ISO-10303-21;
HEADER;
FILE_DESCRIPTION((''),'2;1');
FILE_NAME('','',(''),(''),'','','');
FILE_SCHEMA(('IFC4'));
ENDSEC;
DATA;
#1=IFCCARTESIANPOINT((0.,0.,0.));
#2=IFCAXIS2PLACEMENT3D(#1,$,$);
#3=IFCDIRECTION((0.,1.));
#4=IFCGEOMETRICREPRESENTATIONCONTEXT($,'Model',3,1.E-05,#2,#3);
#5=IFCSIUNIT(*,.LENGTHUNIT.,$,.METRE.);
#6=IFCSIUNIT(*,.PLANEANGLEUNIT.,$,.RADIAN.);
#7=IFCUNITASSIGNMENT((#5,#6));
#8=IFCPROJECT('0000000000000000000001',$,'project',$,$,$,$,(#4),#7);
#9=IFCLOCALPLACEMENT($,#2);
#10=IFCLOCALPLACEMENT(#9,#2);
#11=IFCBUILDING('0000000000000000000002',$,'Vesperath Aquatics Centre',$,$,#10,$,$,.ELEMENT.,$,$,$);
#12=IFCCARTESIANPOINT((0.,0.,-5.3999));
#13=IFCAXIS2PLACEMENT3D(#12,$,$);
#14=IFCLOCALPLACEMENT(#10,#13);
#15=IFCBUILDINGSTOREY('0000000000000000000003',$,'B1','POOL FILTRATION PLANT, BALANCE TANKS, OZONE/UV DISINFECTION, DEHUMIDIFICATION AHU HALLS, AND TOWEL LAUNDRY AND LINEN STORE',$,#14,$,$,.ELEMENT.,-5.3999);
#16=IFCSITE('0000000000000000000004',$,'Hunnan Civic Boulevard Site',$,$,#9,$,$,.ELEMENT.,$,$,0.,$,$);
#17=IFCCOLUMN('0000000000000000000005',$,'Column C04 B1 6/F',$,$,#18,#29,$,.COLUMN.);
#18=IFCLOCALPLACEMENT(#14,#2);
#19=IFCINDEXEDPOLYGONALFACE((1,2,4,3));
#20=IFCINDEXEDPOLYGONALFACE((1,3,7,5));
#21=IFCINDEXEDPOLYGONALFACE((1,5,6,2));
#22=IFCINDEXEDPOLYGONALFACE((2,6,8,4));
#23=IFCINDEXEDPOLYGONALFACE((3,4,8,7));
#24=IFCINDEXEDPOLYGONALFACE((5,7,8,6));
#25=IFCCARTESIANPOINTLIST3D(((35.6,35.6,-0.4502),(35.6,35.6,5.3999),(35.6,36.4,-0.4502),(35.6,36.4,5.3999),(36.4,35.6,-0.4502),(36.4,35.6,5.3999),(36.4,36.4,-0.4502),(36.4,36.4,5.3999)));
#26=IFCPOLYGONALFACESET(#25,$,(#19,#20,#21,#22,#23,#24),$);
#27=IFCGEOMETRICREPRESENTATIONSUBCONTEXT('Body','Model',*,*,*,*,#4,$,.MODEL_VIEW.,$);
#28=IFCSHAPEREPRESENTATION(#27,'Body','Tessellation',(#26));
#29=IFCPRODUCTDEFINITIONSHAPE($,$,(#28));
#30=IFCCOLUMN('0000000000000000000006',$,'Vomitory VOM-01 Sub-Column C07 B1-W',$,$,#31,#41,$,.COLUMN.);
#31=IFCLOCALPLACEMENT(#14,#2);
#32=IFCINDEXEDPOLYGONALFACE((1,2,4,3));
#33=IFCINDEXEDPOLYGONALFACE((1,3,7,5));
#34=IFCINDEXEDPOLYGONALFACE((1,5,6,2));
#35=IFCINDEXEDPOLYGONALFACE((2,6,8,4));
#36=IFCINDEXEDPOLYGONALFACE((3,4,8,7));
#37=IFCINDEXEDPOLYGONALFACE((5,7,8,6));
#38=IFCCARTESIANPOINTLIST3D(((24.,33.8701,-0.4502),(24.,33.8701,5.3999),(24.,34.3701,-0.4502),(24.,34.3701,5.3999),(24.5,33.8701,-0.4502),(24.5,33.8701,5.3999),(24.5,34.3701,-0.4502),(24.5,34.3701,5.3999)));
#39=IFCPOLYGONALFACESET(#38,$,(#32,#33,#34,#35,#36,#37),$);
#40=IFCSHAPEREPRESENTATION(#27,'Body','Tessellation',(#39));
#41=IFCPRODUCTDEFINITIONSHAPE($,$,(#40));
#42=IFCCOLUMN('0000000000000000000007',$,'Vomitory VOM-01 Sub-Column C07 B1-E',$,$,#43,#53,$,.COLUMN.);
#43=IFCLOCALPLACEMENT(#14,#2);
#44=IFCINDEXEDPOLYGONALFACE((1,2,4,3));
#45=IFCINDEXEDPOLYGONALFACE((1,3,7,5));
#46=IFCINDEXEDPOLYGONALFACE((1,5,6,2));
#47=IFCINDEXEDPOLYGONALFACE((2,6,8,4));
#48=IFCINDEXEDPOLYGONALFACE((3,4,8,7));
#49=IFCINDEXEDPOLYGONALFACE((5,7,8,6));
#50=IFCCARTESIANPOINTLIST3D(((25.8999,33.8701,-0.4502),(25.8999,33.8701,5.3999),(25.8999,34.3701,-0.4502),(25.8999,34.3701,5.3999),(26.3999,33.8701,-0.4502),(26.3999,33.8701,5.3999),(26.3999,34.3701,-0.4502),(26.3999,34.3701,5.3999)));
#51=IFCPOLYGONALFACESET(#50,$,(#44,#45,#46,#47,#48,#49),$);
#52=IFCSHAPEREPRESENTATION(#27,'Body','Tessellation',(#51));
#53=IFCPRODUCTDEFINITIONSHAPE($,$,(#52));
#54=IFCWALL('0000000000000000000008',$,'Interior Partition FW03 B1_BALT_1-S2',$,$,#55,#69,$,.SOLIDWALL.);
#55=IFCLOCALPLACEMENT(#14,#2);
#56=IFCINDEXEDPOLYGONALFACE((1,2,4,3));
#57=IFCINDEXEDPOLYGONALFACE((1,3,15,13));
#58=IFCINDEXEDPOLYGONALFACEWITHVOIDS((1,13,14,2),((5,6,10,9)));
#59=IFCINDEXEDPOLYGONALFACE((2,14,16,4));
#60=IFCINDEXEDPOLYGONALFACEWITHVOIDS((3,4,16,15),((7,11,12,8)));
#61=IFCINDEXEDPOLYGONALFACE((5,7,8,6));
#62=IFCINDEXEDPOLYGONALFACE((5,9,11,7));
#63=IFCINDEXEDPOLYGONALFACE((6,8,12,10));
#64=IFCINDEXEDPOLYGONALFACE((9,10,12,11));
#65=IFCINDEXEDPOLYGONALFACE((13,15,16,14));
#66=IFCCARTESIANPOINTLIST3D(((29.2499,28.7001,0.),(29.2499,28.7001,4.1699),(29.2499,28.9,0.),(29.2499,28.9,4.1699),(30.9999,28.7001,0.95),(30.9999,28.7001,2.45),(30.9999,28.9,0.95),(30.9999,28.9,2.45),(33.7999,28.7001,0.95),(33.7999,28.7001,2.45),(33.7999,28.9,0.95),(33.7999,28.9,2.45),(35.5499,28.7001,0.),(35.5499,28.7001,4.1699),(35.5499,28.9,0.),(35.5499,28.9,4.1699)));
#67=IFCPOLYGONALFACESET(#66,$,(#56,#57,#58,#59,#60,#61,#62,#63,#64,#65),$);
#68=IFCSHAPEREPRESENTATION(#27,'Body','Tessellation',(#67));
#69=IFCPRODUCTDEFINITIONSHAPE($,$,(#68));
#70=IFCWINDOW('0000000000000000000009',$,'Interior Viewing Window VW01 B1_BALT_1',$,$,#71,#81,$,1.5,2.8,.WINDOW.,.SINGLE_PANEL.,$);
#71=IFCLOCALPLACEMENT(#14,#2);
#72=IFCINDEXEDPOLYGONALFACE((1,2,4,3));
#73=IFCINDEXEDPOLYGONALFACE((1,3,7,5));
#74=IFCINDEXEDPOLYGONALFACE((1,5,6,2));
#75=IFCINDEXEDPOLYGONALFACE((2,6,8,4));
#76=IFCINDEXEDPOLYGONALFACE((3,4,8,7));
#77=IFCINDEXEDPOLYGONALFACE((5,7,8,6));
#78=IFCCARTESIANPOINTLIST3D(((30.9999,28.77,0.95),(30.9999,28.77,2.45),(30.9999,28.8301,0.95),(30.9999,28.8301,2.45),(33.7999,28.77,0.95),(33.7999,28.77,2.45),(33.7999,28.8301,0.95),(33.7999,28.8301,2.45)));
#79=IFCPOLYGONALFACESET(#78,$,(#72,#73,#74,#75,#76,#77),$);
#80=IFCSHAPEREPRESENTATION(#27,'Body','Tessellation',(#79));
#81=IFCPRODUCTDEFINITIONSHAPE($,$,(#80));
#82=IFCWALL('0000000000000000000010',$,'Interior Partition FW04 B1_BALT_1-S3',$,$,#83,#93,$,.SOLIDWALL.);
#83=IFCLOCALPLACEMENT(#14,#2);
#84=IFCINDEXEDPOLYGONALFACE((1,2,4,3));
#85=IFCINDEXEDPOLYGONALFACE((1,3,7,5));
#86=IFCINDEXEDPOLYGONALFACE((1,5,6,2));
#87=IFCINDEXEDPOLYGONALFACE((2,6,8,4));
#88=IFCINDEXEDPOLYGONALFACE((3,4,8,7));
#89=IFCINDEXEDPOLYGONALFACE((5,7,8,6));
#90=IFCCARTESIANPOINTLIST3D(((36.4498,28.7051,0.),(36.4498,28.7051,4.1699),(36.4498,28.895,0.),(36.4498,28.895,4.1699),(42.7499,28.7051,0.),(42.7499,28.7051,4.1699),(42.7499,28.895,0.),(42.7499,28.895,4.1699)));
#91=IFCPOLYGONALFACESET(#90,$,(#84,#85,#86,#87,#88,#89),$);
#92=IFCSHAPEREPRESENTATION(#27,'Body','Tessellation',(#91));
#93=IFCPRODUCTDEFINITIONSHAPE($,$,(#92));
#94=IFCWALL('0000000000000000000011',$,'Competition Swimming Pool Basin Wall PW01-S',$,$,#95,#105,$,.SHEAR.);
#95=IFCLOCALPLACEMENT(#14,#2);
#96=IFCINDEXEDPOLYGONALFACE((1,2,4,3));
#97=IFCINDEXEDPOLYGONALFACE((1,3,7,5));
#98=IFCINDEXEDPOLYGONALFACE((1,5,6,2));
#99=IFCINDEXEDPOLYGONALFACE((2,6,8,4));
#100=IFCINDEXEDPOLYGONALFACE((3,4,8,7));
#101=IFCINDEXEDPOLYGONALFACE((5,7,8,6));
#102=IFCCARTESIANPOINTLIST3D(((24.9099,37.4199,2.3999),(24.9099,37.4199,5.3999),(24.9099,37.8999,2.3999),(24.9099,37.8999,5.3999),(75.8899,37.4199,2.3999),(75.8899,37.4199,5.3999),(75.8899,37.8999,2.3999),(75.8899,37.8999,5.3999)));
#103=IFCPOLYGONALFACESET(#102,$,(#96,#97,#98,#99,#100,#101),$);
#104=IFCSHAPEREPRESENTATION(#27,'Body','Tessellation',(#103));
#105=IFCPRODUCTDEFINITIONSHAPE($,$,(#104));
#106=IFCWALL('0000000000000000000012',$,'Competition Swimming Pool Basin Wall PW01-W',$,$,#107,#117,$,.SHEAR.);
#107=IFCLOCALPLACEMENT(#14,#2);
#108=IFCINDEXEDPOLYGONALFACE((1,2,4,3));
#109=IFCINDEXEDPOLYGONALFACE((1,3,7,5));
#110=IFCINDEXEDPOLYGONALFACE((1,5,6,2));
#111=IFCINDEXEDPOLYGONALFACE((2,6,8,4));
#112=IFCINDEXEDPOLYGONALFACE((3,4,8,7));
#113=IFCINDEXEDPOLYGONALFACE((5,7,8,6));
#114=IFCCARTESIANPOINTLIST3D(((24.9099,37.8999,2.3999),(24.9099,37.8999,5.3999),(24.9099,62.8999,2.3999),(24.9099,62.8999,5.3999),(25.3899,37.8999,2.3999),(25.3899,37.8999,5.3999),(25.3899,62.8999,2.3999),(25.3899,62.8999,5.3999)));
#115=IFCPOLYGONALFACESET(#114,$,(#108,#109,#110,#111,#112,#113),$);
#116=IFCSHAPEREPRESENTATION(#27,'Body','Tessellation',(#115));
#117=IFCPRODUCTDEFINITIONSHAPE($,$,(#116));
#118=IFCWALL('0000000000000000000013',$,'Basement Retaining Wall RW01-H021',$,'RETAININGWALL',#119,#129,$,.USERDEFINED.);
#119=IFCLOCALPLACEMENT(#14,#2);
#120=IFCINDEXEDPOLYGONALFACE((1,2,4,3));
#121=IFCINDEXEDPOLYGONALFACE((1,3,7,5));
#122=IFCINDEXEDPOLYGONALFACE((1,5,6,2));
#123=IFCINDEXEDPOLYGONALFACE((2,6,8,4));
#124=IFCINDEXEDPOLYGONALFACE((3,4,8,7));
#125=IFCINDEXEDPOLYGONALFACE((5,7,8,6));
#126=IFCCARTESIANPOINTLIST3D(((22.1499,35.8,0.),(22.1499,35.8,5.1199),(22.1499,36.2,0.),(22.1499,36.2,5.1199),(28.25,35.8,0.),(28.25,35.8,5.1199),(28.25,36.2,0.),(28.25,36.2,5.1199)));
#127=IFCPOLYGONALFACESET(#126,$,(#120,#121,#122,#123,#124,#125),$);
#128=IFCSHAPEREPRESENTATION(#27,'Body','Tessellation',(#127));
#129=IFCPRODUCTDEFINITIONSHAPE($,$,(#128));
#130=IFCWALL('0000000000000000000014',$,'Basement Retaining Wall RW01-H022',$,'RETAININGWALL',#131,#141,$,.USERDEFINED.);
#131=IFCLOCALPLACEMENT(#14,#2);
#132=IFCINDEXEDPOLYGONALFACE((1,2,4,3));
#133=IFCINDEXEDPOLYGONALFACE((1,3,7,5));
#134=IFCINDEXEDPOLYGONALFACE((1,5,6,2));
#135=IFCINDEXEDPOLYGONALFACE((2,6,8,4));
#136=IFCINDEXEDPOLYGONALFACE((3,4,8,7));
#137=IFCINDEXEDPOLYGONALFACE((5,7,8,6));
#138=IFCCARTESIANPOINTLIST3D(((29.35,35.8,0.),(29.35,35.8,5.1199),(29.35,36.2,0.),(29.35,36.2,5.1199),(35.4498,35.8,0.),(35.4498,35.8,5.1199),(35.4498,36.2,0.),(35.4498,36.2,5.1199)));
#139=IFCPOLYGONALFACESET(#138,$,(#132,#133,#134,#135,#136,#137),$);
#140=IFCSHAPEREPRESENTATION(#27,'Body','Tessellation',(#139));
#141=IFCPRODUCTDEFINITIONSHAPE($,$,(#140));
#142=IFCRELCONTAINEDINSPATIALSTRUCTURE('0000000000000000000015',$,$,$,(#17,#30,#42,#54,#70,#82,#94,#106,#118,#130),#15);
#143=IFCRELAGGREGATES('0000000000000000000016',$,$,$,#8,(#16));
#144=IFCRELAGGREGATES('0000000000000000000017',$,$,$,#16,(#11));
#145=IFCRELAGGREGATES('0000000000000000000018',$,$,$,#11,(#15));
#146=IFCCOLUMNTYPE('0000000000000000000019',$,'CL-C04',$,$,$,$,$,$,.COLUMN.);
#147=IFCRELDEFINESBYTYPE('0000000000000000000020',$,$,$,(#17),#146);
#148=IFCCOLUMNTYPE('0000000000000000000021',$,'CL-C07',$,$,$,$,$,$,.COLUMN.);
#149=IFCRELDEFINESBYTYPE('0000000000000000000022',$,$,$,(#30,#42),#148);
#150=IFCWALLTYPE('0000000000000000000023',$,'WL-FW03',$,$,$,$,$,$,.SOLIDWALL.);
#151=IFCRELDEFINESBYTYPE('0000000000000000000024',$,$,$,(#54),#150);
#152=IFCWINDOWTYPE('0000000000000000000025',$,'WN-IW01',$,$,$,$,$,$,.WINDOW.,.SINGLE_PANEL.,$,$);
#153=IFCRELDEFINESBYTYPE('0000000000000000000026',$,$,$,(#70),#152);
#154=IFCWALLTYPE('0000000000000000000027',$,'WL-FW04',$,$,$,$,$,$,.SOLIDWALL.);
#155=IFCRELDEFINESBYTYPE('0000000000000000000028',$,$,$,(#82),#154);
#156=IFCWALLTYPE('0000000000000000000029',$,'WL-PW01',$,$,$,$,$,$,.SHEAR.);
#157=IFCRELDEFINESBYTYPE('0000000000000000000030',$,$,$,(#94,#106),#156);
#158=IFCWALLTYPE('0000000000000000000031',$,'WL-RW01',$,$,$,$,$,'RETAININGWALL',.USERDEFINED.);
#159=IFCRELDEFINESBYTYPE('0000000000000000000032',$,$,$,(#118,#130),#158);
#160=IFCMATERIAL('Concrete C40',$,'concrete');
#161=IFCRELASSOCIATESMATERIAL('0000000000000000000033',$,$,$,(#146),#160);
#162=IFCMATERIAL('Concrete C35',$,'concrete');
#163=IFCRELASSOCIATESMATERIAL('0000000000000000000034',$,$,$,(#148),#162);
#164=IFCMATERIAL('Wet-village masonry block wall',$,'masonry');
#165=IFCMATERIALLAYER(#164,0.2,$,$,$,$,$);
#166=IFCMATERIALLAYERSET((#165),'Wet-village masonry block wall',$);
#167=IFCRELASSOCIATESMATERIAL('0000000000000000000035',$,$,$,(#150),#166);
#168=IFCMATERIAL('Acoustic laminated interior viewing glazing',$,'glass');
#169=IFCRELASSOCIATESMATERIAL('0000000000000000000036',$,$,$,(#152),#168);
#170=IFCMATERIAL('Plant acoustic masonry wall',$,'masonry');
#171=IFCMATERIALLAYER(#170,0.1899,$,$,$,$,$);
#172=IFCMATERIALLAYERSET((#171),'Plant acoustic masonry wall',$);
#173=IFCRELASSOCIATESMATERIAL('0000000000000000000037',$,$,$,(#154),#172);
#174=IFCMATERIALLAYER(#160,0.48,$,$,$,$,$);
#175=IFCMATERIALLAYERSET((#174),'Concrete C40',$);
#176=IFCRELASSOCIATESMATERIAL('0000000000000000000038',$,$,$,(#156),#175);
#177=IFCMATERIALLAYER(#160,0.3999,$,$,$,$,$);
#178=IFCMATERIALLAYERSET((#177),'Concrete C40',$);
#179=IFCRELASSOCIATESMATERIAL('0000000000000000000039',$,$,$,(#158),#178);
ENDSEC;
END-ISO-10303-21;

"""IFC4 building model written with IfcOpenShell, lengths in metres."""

from ifc_helpers import new_model, si_unit, direction, frame, frame_2d, origin, origin_2d, place, context, subcontext, project, spatial, rectangle, extrude, material, layer, layer_set, material_profile, profile_set, type_object, element, fill, save


model = new_model("IFC4")

# Units and contexts
model_context = context("Model", 3, precision=1e-05, world=origin(), true_north=direction((0.0, 1.0)))
body_context = subcontext(model_context, "Body", "Model", "MODEL_VIEW")
ifc_project = project(units=[si_unit("LENGTHUNIT", "METRE"), si_unit("PLANEANGLEUNIT", "RADIAN")], contexts=[model_context])

# Site, building, storey
site_placement = place(None, origin())
site = spatial("IfcSite", under=ifc_project, at=site_placement, Name="Hunnan Civic Boulevard Site", CompositionType="ELEMENT", RefElevation=0.0)
building_placement = place(site_placement, origin())
building = spatial("IfcBuilding", under=site, at=building_placement, Name="Vesperath Aquatics Centre", CompositionType="ELEMENT")
storey_placement = place(building_placement, frame((0.0, 0.0, -5.3999)))
storey = spatial("IfcBuildingStorey", under=building, at=storey_placement, Name="B1", Description="POOL FILTRATION PLANT, BALANCE TANKS, OZONE/UV DISINFECTION, DEHUMIDIFICATION AHU HALLS, AND TOWEL LAUNDRY AND LINEN STORE", CompositionType="ELEMENT", Elevation=-5.3999)

# Shared definitions
ifc_material_1 = material(Name="Concrete C40", Category="concrete")

# Shared definitions
ifc_material_2 = material(Name="Concrete C35", Category="concrete")

# Columns
ifc_material_profile_1 = material_profile(ifc_material_1, rectangle(XDim=0.8, YDim=0.8, at=origin_2d()), Name="RC 800x800")
ifc_profile_set_1 = profile_set([ifc_material_profile_1], Name="Concrete C40")
column_type_1 = type_object("IfcColumnType", Name="CL-C04", PredefinedType="COLUMN", material=ifc_profile_set_1)
for number, where, z_axis, x_axis, name in (
    (1, (36.0, 36.0, -0.4502), (0.0, 0.0, 1.0), (1.0, 0.0, 0.0), "Column C04 B1 6/F"),
):
    element("IfcColumn", number, at=place(storey_placement, frame(where, z_axis=z_axis, x_axis=x_axis)), inside=storey, type_object=column_type_1, Name=name, PredefinedType="COLUMN", context=body_context, shape_type="SweptSolid", body=[
        extrude(rectangle(XDim=0.8, YDim=0.8, at=origin_2d()), origin(), (0.0, 0.0, 1.0), 5.8501),
    ])
ifc_material_profile_2 = material_profile(ifc_material_2, rectangle(XDim=0.5, YDim=0.5, at=origin_2d()), Name="RC 500x500")
ifc_profile_set_2 = profile_set([ifc_material_profile_2], Name="Concrete C35")
column_type_2 = type_object("IfcColumnType", Name="CL-C07", PredefinedType="COLUMN", material=ifc_profile_set_2)
for number, where, z_axis, x_axis, name in (
    (2, (24.25, 34.1201, -0.4502), (0.0, 0.0, 1.0), (1.0, 0.0, 0.0), "Vomitory VOM-01 Sub-Column C07 B1-W"),
    (3, (26.1499, 34.1201, -0.4502), (0.0, 0.0, 1.0), (1.0, 0.0, 0.0), "Vomitory VOM-01 Sub-Column C07 B1-E"),
):
    element("IfcColumn", number, at=place(storey_placement, frame(where, z_axis=z_axis, x_axis=x_axis)), inside=storey, type_object=column_type_2, Name=name, PredefinedType="COLUMN", context=body_context, shape_type="SweptSolid", body=[
        extrude(rectangle(XDim=0.5, YDim=0.5, at=origin_2d()), origin(), (0.0, 0.0, 1.0), 5.8501),
    ])

# Wall, opening, window
ifc_material_3 = material(Name="Wet-village masonry block wall", Category="masonry")
ifc_layer_1 = layer(ifc_material_3, 0.2)
ifc_layer_set_1 = layer_set([ifc_layer_1], Name="Wet-village masonry block wall")
wall_type_1 = type_object("IfcWallType", Name="WL-FW03", PredefinedType="SOLIDWALL", material=ifc_layer_set_1)
wall_1_placement = place(storey_placement, frame((29.25, 28.8, 0.0), z_axis=(0.0, 0.0, 1.0), x_axis=(1.0, 0.0, 0.0)))
wall_1 = element("IfcWall", 4, at=wall_1_placement, inside=storey, type_object=wall_type_1, Name="Interior Partition FW03 B1_BALT_1-S2", PredefinedType="SOLIDWALL", context=body_context, shape_type="SweptSolid", body=[
    extrude(rectangle(XDim=6.3, YDim=0.2, at=frame_2d((3.1499, 0.0))), origin(), (0.0, 0.0, 1.0), 4.1699),
])
opening_placement = place(wall_1_placement, frame((1.75, 0.0, 0.95)))
opening = element("IfcOpeningElement", 5, at=opening_placement, cuts=wall_1, PredefinedType="OPENING", context=body_context, shape_type="SweptSolid", body=[
    extrude(rectangle(XDim=2.8, YDim=1.5, at=frame_2d((1.3999, 0.75))), frame((0.0, 0.1147, 0.0), z_axis=(0.0, -1.0, 0.0), x_axis=(1.0, 0.0, 0.0)), (0.0, 0.0, 1.0), 0.2297),
])
ifc_material_4 = material(Name="Acoustic laminated interior viewing glazing", Category="glass")
window_type = type_object("IfcWindowType", Name="WN-IW01", PartitioningType="SINGLE_PANEL", PredefinedType="WINDOW", material=ifc_material_4)
window_placement = place(opening_placement, origin())
window = element("IfcWindow", 6, at=window_placement, inside=storey, type_object=window_type, Name="Interior Viewing Window VW01 B1_BALT_1", OverallHeight=1.5, OverallWidth=2.8, PartitioningType="SINGLE_PANEL", PredefinedType="WINDOW", context=body_context, shape_type="SweptSolid", body=[
    extrude(rectangle(XDim=2.8, YDim=1.5, at=frame_2d((1.3999, 0.75))), frame((0.0, 0.03, 0.0), z_axis=(0.0, -1.0, 0.0), x_axis=(1.0, 0.0, 0.0)), (0.0, 0.0, 1.0), 0.0601),
])
fill(opening, window)

# Walls
ifc_material_5 = material(Name="Plant acoustic masonry wall", Category="masonry")
ifc_layer_2 = layer(ifc_material_5, 0.1899)
ifc_layer_set_2 = layer_set([ifc_layer_2], Name="Plant acoustic masonry wall")
wall_type_2 = type_object("IfcWallType", Name="WL-FW04", PredefinedType="SOLIDWALL", material=ifc_layer_set_2)
wall_2_placement = place(storey_placement, frame((36.45, 28.8, 0.0), z_axis=(0.0, 0.0, 1.0), x_axis=(1.0, 0.0, 0.0)))
element("IfcWall", 7, at=wall_2_placement, inside=storey, type_object=wall_type_2, Name="Interior Partition FW04 B1_BALT_1-S3", PredefinedType="SOLIDWALL", context=body_context, shape_type="SweptSolid", body=[
    extrude(rectangle(XDim=6.3, YDim=0.1899, at=frame_2d((3.1499, 0.0))), origin(), (0.0, 0.0, 1.0), 4.1699),
])
ifc_layer_3 = layer(ifc_material_1, 0.48)
ifc_layer_set_3 = layer_set([ifc_layer_3], Name="Concrete C40")
wall_type_3 = type_object("IfcWallType", Name="WL-PW01", PredefinedType="SHEAR", material=ifc_layer_set_3)
wall_3_placement = place(storey_placement, frame((24.9099, 37.6599, 2.3999), z_axis=(0.0, 0.0, 1.0), x_axis=(1.0, 0.0, 0.0)))
element("IfcWall", 8, at=wall_3_placement, inside=storey, type_object=wall_type_3, Name="Competition Swimming Pool Basin Wall PW01-S", PredefinedType="SHEAR", context=body_context, shape_type="SweptSolid", body=[
    extrude(rectangle(XDim=50.98, YDim=0.48, at=frame_2d((25.49, 0.0))), origin(), (0.0, 0.0, 1.0), 3.0),
])
wall_4_placement = place(storey_placement, frame((25.1499, 37.8999, 2.3999), z_axis=(0.0, 0.0, 1.0), x_axis=(0.0, 1.0, 0.0)))
element("IfcWall", 9, at=wall_4_placement, inside=storey, type_object=wall_type_3, Name="Competition Swimming Pool Basin Wall PW01-W", PredefinedType="SHEAR", context=body_context, shape_type="SweptSolid", body=[
    extrude(rectangle(XDim=25.0, YDim=0.48, at=frame_2d((12.5, 0.0))), origin(), (0.0, 0.0, 1.0), 3.0),
])
ifc_layer_4 = layer(ifc_material_1, 0.3999)
ifc_layer_set_4 = layer_set([ifc_layer_4], Name="Concrete C40")
wall_type_4 = type_object("IfcWallType", Name="WL-RW01", ElementType="RETAININGWALL", PredefinedType="USERDEFINED", material=ifc_layer_set_4)
wall_5_placement = place(storey_placement, frame((22.1499, 36.0, 0.0), z_axis=(0.0, 0.0, 1.0), x_axis=(1.0, 0.0, 0.0)))
element("IfcWall", 10, at=wall_5_placement, inside=storey, type_object=wall_type_4, Name="Basement Retaining Wall RW01-H021", ObjectType="RETAININGWALL", PredefinedType="USERDEFINED", context=body_context, shape_type="SweptSolid", body=[
    extrude(rectangle(XDim=6.1001, YDim=0.3999, at=frame_2d((3.05, 0.0))), origin(), (0.0, 0.0, 1.0), 5.1199),
])
wall_6_placement = place(storey_placement, frame((29.3501, 36.0, 0.0), z_axis=(0.0, 0.0, 1.0), x_axis=(1.0, 0.0, 0.0)))
element("IfcWall", 11, at=wall_6_placement, inside=storey, type_object=wall_type_4, Name="Basement Retaining Wall RW01-H022", ObjectType="RETAININGWALL", PredefinedType="USERDEFINED", context=body_context, shape_type="SweptSolid", body=[
    extrude(rectangle(XDim=6.0999, YDim=0.3999, at=frame_2d((3.0498, 0.0))), origin(), (0.0, 0.0, 1.0), 5.1199),
])

save(model, "model.ifc")
